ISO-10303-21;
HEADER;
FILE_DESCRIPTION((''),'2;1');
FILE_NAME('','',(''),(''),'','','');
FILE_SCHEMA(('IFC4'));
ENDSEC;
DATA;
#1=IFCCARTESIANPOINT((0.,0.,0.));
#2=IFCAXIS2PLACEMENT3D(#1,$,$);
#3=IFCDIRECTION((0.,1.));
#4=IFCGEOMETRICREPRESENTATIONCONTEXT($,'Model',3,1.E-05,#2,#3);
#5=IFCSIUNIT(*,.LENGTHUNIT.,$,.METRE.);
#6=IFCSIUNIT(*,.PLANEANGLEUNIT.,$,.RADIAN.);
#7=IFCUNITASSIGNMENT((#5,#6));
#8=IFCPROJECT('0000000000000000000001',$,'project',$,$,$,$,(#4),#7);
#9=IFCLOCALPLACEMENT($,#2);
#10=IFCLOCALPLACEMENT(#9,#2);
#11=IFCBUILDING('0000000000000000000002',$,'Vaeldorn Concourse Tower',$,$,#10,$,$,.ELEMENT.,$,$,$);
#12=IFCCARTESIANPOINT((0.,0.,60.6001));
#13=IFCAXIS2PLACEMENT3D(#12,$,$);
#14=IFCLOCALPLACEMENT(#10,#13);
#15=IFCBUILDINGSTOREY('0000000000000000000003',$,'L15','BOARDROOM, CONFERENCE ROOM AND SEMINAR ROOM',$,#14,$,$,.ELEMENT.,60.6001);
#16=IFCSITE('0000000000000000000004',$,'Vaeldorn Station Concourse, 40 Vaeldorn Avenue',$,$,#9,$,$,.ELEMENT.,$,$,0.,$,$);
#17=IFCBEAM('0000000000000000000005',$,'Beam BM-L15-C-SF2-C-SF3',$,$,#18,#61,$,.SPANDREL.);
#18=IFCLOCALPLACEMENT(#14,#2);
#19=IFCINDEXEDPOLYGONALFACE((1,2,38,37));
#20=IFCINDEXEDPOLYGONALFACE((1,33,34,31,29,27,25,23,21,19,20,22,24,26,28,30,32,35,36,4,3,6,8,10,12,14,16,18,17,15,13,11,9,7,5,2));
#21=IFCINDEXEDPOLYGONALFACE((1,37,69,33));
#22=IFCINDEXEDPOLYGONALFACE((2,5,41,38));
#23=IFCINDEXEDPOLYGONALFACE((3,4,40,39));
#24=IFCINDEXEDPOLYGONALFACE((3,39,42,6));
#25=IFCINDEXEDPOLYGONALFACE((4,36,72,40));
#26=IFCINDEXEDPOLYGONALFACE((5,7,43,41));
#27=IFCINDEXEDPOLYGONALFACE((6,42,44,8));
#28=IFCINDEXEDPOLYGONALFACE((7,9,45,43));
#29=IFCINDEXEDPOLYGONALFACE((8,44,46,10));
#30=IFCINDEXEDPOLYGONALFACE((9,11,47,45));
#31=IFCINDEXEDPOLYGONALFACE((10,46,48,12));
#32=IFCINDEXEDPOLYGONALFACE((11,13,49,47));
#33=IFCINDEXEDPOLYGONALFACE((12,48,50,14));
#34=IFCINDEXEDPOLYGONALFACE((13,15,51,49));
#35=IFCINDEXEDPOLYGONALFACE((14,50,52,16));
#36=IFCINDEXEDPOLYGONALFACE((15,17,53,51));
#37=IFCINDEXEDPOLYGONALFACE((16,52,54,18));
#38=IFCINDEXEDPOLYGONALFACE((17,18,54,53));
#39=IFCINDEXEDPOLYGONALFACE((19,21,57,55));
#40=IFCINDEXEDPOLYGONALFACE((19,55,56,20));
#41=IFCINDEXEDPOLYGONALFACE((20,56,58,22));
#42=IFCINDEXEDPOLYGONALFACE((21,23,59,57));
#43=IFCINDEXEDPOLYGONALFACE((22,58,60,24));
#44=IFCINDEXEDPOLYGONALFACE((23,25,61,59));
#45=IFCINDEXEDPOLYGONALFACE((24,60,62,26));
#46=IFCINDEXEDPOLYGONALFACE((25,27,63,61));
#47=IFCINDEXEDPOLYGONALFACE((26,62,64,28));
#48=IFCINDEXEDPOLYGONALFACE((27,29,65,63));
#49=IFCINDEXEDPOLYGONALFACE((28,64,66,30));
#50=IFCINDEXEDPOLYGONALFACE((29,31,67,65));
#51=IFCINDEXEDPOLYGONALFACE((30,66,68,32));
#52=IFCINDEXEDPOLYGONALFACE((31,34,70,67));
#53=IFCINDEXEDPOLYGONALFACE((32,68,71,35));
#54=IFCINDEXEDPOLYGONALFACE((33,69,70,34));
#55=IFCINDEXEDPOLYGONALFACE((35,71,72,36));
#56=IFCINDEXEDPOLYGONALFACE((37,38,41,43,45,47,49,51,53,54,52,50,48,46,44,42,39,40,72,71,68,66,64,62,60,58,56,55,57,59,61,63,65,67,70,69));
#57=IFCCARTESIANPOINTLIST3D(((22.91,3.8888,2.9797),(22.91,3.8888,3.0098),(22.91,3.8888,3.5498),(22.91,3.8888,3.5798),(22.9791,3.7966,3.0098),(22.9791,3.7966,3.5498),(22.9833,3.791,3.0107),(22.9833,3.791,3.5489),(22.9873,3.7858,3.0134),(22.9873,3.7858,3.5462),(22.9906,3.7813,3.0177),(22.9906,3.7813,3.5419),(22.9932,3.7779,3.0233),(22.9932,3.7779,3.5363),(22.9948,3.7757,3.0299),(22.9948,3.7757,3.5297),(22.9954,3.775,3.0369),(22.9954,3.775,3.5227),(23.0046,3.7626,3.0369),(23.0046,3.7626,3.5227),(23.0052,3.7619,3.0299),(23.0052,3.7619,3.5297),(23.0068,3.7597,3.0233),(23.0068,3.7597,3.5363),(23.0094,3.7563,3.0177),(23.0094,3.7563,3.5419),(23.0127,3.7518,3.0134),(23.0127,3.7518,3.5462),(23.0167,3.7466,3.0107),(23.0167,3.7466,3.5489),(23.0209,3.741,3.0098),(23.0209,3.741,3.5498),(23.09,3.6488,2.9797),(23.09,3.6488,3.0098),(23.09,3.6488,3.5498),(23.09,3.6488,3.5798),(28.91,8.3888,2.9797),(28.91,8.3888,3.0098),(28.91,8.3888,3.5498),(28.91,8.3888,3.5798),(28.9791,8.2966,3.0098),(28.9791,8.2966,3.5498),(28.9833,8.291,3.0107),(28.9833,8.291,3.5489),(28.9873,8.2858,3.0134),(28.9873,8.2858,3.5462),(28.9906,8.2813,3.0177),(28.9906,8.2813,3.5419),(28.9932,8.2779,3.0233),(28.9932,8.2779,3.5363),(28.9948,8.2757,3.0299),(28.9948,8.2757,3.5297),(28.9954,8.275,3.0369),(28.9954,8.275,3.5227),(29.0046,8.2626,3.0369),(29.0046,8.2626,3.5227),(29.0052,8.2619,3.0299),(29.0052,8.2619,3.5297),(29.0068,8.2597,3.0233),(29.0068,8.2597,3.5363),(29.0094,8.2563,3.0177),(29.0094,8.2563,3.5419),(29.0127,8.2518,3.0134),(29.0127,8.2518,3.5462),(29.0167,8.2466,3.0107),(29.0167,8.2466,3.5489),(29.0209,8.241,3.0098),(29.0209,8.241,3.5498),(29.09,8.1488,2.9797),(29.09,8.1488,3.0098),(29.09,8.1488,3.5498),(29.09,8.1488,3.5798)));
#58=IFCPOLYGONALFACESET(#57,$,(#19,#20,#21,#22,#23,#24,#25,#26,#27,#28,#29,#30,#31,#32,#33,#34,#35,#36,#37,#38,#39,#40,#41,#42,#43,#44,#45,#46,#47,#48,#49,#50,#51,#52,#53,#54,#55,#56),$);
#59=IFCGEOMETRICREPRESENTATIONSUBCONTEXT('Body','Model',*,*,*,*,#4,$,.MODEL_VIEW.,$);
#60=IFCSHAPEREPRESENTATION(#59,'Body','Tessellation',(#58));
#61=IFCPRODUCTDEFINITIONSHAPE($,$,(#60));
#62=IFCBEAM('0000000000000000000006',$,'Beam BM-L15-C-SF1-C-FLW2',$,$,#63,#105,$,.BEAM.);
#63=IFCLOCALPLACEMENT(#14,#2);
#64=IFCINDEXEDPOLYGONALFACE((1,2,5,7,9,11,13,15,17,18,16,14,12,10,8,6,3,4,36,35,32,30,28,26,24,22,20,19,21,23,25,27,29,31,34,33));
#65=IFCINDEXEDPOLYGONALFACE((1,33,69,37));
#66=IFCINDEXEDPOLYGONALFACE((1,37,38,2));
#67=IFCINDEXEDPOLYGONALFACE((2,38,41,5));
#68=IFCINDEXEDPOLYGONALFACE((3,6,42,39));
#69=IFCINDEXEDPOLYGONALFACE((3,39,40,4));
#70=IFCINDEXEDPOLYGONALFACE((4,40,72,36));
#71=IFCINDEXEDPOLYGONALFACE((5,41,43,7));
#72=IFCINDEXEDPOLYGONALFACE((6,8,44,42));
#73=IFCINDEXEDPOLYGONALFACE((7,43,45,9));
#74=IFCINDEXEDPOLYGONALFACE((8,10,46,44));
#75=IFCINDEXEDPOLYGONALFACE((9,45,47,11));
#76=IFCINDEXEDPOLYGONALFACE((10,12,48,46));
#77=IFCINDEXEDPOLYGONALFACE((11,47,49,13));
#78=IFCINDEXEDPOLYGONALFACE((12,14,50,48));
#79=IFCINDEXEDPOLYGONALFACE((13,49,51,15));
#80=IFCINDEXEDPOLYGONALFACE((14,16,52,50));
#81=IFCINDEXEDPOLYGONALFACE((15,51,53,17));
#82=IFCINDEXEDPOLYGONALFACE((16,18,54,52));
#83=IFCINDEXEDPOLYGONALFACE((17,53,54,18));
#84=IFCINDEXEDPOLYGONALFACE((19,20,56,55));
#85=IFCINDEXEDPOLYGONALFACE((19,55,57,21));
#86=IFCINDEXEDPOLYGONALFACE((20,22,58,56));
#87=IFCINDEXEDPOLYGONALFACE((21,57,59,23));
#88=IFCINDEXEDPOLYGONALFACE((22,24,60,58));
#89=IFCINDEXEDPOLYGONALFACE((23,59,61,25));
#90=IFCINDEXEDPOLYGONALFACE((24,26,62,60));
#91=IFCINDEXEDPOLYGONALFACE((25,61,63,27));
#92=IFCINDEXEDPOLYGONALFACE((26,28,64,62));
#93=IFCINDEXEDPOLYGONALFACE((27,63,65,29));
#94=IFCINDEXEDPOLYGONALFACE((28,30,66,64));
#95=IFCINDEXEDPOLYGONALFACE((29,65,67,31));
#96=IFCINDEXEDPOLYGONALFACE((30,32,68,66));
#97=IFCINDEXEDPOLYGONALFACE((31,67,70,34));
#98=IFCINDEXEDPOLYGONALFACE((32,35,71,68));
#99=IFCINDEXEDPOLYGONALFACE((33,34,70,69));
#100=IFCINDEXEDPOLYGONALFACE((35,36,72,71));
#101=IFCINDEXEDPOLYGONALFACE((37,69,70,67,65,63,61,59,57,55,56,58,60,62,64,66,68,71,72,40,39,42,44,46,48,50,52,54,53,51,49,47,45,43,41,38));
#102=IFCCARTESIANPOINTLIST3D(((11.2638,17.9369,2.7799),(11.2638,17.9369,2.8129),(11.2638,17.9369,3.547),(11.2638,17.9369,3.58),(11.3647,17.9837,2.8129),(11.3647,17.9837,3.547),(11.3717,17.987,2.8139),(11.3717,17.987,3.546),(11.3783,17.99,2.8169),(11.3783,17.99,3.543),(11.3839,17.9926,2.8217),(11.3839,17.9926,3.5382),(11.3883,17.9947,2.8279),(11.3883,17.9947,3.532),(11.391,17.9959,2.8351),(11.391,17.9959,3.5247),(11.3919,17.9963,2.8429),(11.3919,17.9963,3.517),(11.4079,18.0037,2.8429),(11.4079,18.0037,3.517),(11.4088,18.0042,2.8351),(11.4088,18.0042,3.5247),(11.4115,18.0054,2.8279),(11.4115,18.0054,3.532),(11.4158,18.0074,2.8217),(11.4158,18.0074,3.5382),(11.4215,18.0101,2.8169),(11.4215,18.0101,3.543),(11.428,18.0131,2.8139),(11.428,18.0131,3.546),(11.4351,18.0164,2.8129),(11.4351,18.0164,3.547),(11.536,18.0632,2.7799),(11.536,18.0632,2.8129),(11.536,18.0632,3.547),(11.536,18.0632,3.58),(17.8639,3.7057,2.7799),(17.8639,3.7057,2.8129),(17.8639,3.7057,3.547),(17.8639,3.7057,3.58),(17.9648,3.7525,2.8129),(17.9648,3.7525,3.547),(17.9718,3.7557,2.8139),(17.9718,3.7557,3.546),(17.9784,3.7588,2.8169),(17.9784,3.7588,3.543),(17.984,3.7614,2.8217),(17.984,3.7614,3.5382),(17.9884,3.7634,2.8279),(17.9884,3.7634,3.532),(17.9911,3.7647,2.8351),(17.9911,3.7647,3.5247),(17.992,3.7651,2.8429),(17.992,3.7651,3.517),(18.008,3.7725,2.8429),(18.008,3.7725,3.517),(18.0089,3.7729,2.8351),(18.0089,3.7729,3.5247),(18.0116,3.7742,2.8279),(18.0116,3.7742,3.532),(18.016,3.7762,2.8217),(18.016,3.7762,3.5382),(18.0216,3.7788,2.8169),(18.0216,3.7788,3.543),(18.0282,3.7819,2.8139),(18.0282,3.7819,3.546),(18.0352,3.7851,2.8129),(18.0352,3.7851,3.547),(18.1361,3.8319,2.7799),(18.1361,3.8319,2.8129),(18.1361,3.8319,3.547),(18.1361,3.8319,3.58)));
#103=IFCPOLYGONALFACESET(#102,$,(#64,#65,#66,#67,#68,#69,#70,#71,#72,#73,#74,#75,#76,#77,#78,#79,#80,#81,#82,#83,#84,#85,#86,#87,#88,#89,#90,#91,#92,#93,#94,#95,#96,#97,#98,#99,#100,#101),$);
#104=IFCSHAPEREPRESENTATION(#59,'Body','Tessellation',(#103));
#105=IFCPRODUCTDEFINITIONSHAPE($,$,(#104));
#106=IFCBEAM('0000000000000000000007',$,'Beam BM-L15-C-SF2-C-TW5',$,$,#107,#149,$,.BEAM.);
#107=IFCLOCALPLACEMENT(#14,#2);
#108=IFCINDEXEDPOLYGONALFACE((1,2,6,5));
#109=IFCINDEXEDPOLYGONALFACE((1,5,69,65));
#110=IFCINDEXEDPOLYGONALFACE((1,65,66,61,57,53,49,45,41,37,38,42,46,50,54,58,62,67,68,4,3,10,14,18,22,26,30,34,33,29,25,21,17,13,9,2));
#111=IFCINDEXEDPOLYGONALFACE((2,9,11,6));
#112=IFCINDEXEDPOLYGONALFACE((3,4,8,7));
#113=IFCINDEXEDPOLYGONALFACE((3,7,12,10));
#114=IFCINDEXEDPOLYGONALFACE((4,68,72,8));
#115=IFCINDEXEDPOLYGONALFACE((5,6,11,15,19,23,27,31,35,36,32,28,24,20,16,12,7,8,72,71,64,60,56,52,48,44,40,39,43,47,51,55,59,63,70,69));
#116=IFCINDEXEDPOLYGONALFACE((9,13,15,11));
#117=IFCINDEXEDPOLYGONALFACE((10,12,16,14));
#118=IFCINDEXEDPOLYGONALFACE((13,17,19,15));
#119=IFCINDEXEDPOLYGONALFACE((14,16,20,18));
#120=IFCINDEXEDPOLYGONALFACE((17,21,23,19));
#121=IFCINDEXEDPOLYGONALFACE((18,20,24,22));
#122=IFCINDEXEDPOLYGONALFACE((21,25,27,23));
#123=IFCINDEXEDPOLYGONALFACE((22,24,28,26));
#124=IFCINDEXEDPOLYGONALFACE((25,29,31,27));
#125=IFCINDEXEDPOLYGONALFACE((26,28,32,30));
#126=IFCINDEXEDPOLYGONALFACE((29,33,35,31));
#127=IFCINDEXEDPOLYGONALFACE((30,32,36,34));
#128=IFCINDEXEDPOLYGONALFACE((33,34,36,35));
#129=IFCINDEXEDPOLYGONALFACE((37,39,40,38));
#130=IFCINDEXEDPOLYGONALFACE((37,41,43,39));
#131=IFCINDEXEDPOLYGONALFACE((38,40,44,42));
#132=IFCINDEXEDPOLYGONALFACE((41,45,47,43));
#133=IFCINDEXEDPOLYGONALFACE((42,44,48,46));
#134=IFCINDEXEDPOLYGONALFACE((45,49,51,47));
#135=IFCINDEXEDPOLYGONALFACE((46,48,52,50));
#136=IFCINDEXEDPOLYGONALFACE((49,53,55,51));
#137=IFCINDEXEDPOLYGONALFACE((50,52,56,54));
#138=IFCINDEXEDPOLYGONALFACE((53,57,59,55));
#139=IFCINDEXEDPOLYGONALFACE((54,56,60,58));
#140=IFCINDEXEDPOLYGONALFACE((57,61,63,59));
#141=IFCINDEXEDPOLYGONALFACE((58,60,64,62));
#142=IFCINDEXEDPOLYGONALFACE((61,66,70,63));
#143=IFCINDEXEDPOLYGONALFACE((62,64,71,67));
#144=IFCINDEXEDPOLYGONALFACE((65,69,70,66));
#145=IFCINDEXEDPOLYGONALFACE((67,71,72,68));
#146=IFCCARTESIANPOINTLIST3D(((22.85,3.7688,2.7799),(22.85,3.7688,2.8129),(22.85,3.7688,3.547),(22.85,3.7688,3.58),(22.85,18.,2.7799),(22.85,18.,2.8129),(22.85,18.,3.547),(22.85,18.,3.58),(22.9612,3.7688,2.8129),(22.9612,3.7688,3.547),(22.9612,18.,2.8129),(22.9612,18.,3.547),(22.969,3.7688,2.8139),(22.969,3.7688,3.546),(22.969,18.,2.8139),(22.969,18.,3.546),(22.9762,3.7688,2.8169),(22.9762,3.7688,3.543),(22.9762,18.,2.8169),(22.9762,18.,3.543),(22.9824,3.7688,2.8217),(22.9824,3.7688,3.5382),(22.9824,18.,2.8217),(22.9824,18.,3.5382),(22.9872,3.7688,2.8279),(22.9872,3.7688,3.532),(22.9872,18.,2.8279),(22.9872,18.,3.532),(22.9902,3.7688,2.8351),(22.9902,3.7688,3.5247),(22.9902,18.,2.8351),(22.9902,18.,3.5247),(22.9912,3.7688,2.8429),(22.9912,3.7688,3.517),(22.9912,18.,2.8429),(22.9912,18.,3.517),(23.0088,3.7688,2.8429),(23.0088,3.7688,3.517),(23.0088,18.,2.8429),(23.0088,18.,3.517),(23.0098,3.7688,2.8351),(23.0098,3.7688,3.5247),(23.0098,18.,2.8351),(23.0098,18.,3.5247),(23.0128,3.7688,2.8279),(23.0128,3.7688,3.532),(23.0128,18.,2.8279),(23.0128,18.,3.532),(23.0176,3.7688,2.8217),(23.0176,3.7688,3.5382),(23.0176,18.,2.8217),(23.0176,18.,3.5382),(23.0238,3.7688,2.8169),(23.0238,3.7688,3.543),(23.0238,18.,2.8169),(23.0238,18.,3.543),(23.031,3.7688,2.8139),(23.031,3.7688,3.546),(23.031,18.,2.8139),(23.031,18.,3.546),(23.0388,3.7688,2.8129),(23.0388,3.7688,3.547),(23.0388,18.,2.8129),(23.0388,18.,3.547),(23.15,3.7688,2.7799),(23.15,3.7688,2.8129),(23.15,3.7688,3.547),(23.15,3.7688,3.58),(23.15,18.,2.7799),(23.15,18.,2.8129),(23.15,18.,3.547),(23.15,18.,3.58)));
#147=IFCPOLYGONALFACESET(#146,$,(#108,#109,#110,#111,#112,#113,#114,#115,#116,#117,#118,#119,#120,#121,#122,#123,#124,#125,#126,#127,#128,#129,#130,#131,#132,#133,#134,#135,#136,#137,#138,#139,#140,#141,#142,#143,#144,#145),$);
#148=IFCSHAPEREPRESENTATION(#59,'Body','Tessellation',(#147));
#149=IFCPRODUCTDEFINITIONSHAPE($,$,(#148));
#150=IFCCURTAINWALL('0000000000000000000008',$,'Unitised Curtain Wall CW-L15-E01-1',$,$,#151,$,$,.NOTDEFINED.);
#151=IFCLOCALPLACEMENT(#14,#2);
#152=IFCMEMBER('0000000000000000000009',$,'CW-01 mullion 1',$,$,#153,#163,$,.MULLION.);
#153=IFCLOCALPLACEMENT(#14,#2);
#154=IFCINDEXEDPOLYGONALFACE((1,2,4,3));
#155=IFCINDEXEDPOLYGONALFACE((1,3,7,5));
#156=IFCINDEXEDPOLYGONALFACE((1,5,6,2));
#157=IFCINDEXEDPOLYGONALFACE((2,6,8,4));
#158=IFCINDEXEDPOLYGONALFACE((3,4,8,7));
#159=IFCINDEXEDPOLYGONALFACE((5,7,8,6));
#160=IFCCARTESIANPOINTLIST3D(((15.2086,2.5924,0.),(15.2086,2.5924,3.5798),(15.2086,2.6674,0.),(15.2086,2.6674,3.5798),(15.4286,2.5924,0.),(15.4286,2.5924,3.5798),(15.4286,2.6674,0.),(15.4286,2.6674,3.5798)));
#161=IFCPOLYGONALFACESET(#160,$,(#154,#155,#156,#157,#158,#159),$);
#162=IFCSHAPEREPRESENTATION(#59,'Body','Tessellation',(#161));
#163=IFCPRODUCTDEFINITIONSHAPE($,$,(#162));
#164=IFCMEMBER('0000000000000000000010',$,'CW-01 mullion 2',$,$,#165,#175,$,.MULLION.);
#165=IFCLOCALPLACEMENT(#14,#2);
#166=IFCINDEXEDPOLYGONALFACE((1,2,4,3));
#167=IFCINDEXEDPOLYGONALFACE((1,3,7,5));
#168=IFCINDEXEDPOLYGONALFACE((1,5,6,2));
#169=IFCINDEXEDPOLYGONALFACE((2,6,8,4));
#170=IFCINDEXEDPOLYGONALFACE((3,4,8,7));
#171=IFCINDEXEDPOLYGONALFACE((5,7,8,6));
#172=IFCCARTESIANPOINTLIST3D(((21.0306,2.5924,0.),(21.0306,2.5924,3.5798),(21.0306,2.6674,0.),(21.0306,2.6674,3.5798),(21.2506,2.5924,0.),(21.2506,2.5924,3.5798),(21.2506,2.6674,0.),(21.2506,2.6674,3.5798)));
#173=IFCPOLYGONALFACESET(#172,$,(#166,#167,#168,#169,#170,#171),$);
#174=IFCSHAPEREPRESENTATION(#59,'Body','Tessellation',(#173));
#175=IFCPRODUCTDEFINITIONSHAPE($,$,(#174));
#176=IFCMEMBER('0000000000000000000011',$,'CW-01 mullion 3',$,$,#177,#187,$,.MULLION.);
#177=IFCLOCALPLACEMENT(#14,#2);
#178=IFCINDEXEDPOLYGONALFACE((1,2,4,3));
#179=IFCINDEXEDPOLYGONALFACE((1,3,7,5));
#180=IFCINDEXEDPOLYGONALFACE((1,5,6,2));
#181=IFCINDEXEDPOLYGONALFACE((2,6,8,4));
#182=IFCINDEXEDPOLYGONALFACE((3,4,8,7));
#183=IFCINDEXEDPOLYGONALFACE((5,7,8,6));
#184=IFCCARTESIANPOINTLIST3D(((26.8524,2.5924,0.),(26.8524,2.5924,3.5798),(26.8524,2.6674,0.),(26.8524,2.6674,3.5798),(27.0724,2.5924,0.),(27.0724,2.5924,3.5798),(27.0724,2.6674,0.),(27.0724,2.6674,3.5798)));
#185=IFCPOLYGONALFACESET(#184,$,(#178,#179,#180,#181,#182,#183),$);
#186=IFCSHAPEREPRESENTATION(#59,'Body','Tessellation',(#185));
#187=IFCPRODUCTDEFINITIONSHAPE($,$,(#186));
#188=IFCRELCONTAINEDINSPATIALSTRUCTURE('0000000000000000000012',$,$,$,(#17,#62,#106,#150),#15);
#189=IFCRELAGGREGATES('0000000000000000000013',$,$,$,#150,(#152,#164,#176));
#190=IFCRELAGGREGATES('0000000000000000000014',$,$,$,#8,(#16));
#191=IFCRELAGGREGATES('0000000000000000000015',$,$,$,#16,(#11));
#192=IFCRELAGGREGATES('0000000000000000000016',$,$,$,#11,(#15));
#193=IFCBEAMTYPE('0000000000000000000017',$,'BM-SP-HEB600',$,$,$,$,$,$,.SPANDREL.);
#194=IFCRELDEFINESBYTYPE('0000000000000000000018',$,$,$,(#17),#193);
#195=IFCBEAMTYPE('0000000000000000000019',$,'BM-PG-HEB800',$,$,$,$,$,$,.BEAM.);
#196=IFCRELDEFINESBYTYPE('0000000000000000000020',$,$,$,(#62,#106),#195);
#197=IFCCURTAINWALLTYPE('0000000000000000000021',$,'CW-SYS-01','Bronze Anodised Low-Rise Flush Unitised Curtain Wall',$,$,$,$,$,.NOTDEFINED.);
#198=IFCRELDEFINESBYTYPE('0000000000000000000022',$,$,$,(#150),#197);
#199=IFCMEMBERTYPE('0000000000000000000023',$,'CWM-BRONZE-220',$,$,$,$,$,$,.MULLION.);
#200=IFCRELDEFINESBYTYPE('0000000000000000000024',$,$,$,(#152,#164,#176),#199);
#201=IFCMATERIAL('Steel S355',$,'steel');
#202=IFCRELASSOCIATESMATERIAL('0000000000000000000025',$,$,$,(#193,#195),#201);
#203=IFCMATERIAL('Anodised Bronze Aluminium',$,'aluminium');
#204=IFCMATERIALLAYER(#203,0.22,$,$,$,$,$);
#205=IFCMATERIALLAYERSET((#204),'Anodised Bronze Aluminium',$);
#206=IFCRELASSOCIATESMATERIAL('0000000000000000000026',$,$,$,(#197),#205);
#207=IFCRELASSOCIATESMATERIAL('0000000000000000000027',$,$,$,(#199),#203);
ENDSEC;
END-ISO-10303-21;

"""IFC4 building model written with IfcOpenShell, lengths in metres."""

from ifc_helpers import new_model, si_unit, direction, frame, origin, origin_2d, place, context, subcontext, project, spatial, rectangle, i_section, extrude, source, transform, mapped, material, layer, layer_set, material_profile, profile_set, type_object, element, aggregate, save


model = new_model("IFC4")

# Units and contexts
model_context = context("Model", 3, precision=1e-05, world=origin(), true_north=direction((0.0, 1.0)))
body_context = subcontext(model_context, "Body", "Model", "MODEL_VIEW")
ifc_project = project(units=[si_unit("LENGTHUNIT", "METRE"), si_unit("PLANEANGLEUNIT", "RADIAN")], contexts=[model_context])

# Site, building, storey
site_placement = place(None, origin())
site = spatial("IfcSite", under=ifc_project, at=site_placement, Name="Vaeldorn Station Concourse, 40 Vaeldorn Avenue", CompositionType="ELEMENT", RefElevation=0.0)
building_placement = place(site_placement, origin())
building = spatial("IfcBuilding", under=site, at=building_placement, Name="Vaeldorn Concourse Tower", CompositionType="ELEMENT")
storey_placement = place(building_placement, frame((0.0, 0.0, 60.6001)))
storey = spatial("IfcBuildingStorey", under=building, at=storey_placement, Name="L15", Description="BOARDROOM, CONFERENCE ROOM AND SEMINAR ROOM", CompositionType="ELEMENT", Elevation=60.6001)

# Beams
ifc_material_1 = material(Name="Steel S355", Category="steel")
ifc_material_profile_1 = material_profile(ifc_material_1, i_section(OverallWidth=0.3, OverallDepth=0.6001, WebThickness=0.0154, FlangeThickness=0.03, FilletRadius=0.0271, at=origin_2d()), Name="HEB 600")
ifc_profile_set_1 = profile_set([ifc_material_profile_1], Name="Steel S355")
beam_type_1 = type_object("IfcBeamType", Name="BM-SP-HEB600", PredefinedType="SPANDREL", material=ifc_profile_set_1)
shared_shape_1 = source(origin(), body_context, "Body", "SweptSolid", [
    extrude(i_section(OverallWidth=0.3, OverallDepth=0.6001, WebThickness=0.0154, FlangeThickness=0.03, FilletRadius=0.0271, at=origin_2d()), origin(), (0.0, 0.0, 1.0), 7.5),
])
beam_1_placement = place(storey_placement, frame((23.0, 3.7688, 3.2798), z_axis=(0.8, 0.6, 0.0), x_axis=(-0.6, 0.8, 0.0)))
element("IfcBeam", 1, at=beam_1_placement, inside=storey, type_object=beam_type_1, Name="Beam BM-L15-C-SF2-C-SF3", PredefinedType="SPANDREL", context=body_context, shape_type="MappedRepresentation", body=[
    mapped(shared_shape_1, transform((0.0, 0.0, 0.0), scale=1.0)),
])
ifc_material_profile_2 = material_profile(ifc_material_1, i_section(OverallWidth=0.3, OverallDepth=0.8, WebThickness=0.0176, FlangeThickness=0.033, FilletRadius=0.03, at=origin_2d()), Name="HEB 800")
ifc_profile_set_2 = profile_set([ifc_material_profile_2], Name="Steel S355")
beam_type_2 = type_object("IfcBeamType", Name="BM-PG-HEB800", PredefinedType="BEAM", material=ifc_profile_set_2)
shared_shape_2 = source(origin(), body_context, "Body", "SweptSolid", [
    extrude(i_section(OverallWidth=0.3, OverallDepth=0.8, WebThickness=0.0176, FlangeThickness=0.033, FilletRadius=0.03, at=origin_2d()), origin(), (0.0, 0.0, 1.0), 15.6873),
])
beam_2_placement = place(storey_placement, frame((18.0, 3.7688, 3.1799), z_axis=(-0.420731, 0.907185, 0.0), x_axis=(-0.907185, -0.420731, 0.0)))
element("IfcBeam", 2, at=beam_2_placement, inside=storey, type_object=beam_type_2, Name="Beam BM-L15-C-SF1-C-FLW2", PredefinedType="BEAM", context=body_context, shape_type="MappedRepresentation", body=[
    mapped(shared_shape_2, transform((0.0, 0.0, 0.0), scale=1.0)),
])
shared_shape_3 = source(origin(), body_context, "Body", "SweptSolid", [
    extrude(i_section(OverallWidth=0.3, OverallDepth=0.8, WebThickness=0.0176, FlangeThickness=0.033, FilletRadius=0.03, at=origin_2d()), origin(), (0.0, 0.0, 1.0), 14.2312),
])
beam_3_placement = place(storey_placement, frame((23.0, 3.7688, 3.1799), z_axis=(0.0, 1.0, 0.0), x_axis=(-1.0, 0.0, 0.0)))
element("IfcBeam", 3, at=beam_3_placement, inside=storey, type_object=beam_type_2, Name="Beam BM-L15-C-SF2-C-TW5", PredefinedType="BEAM", context=body_context, shape_type="MappedRepresentation", body=[
    mapped(shared_shape_3, transform((0.0, 0.0, 0.0), scale=1.0)),
])

# Curtain wall, members
ifc_material_2 = material(Name="Anodised Bronze Aluminium", Category="aluminium")
ifc_layer_1 = layer(ifc_material_2, 0.22)
ifc_layer_set_1 = layer_set([ifc_layer_1], Name="Anodised Bronze Aluminium")
curtain_wall_type = type_object("IfcCurtainWallType", Name="CW-SYS-01", Description="Bronze Anodised Low-Rise Flush Unitised Curtain Wall", PredefinedType="NOTDEFINED", material=ifc_layer_set_1)
curtain_wall_1_placement = place(storey_placement, origin())
curtain_wall_1 = element("IfcCurtainWall", 4, at=curtain_wall_1_placement, inside=storey, type_object=curtain_wall_type, Name="Unitised Curtain Wall CW-L15-E01-1", PredefinedType="NOTDEFINED")
ifc_material_profile_3 = material_profile(ifc_material_2, rectangle(XDim=0.075, YDim=0.22, at=origin_2d()), Name="CWM 75x220")
ifc_profile_set_3 = profile_set([ifc_material_profile_3], Name="Anodised Bronze Aluminium")
member_type_1 = type_object("IfcMemberType", Name="CWM-BRONZE-220", PredefinedType="MULLION", material=ifc_profile_set_3)
shared_shape_4 = source(origin(), body_context, "Body", "SweptSolid", [
    extrude(rectangle(XDim=0.075, YDim=0.22, at=origin_2d()), origin(), (0.0, 0.0, 1.0), 3.5798),
])
member_1_placement = place(storey_placement, frame((15.3186, 2.6299, 0.0), z_axis=(0.0, 0.0, 1.0), x_axis=(0.0, 1.0, 0.0)))
member_1 = element("IfcMember", 5, at=member_1_placement, type_object=member_type_1, Name="CW-01 mullion 1", PredefinedType="MULLION", context=body_context, shape_type="MappedRepresentation", body=[
    mapped(shared_shape_4, transform((0.0, 0.0, 0.0), scale=1.0)),
])
member_2_placement = place(storey_placement, frame((21.1406, 2.6299, 0.0), z_axis=(0.0, 0.0, 1.0), x_axis=(0.0, 1.0, 0.0)))
member_2 = element("IfcMember", 6, at=member_2_placement, type_object=member_type_1, Name="CW-01 mullion 2", PredefinedType="MULLION", context=body_context, shape_type="MappedRepresentation", body=[
    mapped(shared_shape_4, transform((0.0, 0.0, 0.0), scale=1.0)),
])
member_3_placement = place(storey_placement, frame((26.9624, 2.6299, 0.0), z_axis=(0.0, 0.0, 1.0), x_axis=(0.0, 1.0, 0.0)))
member_3 = element("IfcMember", 7, at=member_3_placement, type_object=member_type_1, Name="CW-01 mullion 3", PredefinedType="MULLION", context=body_context, shape_type="MappedRepresentation", body=[
    mapped(shared_shape_4, transform((0.0, 0.0, 0.0), scale=1.0)),
])

aggregate(curtain_wall_1, [member_1, member_2, member_3])

save(model, "model.ifc")
